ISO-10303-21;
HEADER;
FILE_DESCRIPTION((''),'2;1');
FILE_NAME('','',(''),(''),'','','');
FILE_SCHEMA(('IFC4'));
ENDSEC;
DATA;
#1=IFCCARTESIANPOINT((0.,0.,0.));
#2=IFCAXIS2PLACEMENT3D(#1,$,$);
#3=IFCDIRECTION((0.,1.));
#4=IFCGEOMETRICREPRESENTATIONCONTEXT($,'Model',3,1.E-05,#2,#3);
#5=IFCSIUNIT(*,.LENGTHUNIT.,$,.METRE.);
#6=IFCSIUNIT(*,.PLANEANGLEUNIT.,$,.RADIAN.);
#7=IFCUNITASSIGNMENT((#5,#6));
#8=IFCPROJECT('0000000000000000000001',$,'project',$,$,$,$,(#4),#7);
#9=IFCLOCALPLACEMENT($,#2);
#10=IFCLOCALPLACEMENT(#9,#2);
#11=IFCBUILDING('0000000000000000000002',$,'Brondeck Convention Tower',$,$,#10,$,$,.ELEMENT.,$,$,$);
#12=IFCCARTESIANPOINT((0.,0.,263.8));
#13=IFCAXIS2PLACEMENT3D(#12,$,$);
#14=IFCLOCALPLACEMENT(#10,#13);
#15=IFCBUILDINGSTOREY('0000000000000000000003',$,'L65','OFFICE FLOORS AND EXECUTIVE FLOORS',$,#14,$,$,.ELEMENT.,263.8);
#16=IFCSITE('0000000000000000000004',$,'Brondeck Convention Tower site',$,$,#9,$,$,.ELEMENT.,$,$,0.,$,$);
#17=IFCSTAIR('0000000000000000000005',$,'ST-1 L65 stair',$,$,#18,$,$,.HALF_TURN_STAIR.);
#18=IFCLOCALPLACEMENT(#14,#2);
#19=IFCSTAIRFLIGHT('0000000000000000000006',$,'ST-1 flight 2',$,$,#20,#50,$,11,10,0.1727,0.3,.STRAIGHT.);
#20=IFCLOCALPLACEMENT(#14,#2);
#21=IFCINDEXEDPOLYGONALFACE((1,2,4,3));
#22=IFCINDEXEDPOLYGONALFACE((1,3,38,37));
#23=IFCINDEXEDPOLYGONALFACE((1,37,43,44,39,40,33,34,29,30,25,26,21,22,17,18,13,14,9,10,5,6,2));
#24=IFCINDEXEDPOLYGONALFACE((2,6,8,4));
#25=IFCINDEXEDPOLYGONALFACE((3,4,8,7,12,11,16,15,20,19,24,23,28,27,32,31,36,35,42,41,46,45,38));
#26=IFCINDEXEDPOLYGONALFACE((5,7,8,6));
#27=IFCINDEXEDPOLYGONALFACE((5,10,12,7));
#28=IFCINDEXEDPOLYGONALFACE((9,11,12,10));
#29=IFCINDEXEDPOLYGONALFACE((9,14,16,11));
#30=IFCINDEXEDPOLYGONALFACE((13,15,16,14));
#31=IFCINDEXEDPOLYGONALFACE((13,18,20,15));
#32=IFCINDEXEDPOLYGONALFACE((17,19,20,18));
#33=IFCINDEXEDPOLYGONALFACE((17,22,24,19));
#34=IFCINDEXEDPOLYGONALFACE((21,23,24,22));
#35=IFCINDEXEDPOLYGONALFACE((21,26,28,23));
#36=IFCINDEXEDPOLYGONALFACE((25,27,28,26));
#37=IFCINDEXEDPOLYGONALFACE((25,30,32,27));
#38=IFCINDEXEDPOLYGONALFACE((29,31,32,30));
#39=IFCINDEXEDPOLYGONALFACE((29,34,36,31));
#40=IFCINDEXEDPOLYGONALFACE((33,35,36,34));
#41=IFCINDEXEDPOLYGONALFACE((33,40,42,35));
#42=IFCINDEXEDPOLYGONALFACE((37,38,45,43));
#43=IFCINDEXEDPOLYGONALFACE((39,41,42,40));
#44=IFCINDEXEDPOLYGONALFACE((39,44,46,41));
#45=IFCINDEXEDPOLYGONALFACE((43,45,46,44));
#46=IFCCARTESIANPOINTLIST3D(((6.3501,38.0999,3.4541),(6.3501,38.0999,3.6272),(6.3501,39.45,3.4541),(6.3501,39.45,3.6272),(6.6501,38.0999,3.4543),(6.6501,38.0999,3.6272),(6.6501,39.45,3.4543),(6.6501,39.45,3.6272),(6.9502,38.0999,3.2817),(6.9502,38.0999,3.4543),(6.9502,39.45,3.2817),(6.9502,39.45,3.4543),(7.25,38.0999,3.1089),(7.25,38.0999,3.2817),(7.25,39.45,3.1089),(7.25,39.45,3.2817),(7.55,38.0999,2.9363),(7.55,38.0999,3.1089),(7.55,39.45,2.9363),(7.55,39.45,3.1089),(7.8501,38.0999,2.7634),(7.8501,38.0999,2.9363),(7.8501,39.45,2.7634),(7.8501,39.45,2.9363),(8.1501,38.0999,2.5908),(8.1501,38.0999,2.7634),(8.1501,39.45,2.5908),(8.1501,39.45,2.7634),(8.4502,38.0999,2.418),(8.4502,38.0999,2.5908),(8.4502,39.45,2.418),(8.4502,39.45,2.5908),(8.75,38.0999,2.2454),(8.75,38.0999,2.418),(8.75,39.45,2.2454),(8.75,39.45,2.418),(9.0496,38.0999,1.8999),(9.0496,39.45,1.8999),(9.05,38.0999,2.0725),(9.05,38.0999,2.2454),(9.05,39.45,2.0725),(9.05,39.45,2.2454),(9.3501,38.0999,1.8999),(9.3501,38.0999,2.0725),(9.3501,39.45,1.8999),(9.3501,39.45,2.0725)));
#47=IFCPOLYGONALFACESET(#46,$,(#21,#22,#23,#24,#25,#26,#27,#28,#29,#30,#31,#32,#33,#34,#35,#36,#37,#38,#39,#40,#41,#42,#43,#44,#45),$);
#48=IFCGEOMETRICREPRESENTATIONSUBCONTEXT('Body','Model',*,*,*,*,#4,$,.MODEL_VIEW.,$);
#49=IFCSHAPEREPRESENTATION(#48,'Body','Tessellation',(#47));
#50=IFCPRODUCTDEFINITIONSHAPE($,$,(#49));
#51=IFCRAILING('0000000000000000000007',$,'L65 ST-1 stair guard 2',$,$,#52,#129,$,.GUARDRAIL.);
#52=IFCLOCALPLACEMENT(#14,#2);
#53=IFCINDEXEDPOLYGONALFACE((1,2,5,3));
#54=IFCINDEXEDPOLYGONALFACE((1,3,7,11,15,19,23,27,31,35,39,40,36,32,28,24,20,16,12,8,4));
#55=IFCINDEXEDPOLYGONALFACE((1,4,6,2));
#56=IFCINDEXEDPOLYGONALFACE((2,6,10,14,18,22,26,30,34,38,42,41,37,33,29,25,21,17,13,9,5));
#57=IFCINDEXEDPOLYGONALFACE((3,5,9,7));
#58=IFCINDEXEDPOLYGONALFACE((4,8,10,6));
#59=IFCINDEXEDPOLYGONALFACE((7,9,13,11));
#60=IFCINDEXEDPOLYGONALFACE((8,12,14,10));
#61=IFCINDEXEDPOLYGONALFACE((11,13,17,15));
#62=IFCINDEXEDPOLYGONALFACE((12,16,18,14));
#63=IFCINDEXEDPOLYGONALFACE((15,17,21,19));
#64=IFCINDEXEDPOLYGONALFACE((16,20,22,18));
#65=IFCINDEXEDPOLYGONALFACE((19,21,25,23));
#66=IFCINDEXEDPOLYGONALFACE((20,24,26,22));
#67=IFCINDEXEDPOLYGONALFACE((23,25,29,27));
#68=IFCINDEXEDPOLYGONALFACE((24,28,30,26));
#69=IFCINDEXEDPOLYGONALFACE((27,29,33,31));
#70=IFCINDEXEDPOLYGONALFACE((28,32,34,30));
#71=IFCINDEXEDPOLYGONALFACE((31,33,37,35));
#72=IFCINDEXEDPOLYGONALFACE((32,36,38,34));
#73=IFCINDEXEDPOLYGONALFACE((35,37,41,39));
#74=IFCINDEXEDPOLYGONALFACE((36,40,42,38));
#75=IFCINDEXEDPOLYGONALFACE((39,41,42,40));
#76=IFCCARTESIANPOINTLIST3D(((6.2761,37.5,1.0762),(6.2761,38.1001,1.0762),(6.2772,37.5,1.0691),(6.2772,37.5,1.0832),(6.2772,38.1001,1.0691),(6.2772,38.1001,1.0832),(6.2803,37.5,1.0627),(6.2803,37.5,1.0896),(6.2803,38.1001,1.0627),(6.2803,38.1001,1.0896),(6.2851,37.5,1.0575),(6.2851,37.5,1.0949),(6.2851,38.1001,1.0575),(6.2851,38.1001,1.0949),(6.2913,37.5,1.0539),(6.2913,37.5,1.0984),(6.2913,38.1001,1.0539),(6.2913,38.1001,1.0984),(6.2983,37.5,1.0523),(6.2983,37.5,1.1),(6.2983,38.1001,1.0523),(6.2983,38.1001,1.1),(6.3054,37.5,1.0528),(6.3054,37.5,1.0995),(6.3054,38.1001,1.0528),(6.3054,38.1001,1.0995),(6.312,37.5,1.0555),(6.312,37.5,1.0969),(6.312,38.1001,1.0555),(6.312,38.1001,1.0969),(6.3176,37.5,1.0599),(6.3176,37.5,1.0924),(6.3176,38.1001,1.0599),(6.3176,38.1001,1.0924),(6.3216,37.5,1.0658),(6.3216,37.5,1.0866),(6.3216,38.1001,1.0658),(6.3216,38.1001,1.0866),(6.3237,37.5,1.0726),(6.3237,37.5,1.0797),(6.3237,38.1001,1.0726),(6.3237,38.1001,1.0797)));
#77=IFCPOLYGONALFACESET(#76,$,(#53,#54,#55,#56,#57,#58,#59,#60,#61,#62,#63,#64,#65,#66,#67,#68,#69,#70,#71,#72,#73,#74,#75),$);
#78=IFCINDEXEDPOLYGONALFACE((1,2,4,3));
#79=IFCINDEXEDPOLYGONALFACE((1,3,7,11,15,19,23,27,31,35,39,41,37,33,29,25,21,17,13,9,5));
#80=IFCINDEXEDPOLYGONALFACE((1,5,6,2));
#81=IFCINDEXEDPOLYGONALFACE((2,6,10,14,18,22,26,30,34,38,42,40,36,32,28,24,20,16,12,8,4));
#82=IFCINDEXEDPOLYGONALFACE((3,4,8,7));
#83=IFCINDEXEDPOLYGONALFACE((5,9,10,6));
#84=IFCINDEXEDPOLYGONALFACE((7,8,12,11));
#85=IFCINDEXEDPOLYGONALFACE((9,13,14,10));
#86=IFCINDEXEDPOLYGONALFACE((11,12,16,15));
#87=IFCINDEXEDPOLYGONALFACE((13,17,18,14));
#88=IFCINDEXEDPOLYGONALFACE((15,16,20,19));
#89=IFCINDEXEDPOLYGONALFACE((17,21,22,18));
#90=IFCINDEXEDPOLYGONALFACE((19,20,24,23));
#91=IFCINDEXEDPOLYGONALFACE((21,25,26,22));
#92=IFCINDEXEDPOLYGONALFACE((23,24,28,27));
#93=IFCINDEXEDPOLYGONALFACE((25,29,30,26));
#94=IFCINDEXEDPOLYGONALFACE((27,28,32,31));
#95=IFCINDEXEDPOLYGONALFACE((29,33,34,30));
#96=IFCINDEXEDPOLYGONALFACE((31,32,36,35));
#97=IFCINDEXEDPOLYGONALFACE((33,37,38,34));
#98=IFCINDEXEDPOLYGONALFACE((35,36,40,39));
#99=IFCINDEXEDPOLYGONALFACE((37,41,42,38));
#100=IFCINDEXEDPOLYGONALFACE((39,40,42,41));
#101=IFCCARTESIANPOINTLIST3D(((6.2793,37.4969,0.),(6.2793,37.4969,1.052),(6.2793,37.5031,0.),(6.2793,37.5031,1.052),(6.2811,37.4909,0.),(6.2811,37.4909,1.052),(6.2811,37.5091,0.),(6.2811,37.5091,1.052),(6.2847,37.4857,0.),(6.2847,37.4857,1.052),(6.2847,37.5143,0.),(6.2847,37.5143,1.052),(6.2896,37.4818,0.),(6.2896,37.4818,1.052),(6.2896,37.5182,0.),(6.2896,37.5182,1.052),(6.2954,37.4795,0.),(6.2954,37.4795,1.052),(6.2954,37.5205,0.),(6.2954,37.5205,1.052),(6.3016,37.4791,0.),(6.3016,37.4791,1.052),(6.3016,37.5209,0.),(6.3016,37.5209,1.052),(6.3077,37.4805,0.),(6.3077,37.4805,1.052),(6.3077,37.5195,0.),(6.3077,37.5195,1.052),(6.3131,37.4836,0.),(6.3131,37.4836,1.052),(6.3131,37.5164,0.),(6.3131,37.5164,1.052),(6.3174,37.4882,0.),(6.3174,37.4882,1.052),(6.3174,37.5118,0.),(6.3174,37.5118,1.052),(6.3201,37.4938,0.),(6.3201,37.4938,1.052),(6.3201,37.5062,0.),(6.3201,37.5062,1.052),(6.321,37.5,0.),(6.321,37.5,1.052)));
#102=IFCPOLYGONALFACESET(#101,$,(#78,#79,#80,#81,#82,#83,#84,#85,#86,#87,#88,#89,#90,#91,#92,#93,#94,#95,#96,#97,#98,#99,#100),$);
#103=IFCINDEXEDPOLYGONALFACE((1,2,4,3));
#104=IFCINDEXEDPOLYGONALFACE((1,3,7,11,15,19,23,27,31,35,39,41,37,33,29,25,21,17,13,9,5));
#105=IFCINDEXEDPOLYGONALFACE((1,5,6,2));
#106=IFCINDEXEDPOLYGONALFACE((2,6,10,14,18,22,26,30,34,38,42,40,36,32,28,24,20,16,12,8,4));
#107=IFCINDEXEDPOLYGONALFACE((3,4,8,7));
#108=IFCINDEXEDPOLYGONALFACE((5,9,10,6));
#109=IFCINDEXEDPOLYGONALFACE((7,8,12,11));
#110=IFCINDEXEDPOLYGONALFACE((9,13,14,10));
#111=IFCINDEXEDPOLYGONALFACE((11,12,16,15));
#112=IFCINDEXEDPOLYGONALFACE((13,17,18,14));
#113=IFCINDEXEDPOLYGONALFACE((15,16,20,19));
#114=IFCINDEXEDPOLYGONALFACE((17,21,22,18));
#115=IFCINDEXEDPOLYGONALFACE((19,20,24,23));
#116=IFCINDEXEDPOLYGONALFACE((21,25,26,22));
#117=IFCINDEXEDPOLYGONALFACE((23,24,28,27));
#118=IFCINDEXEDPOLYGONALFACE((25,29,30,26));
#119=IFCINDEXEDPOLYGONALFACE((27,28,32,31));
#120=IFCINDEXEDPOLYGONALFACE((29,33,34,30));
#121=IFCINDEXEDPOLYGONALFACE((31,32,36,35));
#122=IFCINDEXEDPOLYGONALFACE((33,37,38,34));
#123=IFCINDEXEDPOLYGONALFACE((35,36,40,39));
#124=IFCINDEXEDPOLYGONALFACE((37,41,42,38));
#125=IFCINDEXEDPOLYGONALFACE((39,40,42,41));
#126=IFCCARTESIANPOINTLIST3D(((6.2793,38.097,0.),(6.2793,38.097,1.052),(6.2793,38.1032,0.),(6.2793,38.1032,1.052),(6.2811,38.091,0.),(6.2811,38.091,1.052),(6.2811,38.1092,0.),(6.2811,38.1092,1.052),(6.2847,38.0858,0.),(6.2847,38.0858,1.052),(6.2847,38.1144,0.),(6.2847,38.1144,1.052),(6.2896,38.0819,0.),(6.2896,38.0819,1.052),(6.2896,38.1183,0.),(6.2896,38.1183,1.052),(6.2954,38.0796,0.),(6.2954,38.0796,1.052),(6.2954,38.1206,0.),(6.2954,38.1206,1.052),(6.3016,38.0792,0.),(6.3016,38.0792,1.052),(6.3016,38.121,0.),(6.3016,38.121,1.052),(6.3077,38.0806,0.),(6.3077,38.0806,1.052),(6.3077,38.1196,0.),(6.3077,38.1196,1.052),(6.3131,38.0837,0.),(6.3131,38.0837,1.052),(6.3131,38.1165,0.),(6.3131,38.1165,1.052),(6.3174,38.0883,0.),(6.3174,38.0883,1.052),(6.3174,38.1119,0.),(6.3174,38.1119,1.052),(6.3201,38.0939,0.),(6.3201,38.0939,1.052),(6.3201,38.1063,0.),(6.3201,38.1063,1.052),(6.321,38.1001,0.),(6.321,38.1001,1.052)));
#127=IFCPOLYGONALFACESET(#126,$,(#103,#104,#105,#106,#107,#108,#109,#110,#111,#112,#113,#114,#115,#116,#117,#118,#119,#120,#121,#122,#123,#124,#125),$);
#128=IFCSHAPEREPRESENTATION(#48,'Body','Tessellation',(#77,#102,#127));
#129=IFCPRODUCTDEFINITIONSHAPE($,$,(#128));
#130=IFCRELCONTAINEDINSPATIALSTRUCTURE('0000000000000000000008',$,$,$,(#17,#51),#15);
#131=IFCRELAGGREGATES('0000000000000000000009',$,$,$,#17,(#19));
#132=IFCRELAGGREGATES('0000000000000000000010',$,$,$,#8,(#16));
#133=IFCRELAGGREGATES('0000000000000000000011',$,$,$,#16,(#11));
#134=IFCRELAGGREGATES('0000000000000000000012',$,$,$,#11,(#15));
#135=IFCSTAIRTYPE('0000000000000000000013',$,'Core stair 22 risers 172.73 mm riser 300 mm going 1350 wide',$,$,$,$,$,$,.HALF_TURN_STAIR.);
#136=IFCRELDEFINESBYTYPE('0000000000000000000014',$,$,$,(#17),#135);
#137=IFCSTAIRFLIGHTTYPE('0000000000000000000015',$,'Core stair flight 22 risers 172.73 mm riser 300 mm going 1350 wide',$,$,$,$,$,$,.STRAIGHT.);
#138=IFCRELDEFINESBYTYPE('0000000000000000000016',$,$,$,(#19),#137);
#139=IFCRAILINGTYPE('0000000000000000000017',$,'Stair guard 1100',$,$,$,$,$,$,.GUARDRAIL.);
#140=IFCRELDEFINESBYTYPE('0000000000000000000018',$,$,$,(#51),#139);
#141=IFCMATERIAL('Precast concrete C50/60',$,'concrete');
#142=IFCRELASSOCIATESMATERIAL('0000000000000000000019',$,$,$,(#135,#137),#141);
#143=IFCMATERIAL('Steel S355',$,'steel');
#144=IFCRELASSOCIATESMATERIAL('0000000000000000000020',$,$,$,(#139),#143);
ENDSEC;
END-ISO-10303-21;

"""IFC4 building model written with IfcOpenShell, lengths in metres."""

from ifc_helpers import new_model, si_unit, direction, frame, origin, origin_2d, place, context, subcontext, project, spatial, polyline, circle, outline, extrude, material, type_object, element, aggregate, save


model = new_model("IFC4")

# Units and contexts
model_context = context("Model", 3, precision=1e-05, world=origin(), true_north=direction((0.0, 1.0)))
body_context = subcontext(model_context, "Body", "Model", "MODEL_VIEW")
ifc_project = project(units=[si_unit("LENGTHUNIT", "METRE"), si_unit("PLANEANGLEUNIT", "RADIAN")], contexts=[model_context])

# Site, building, storey
site_placement = place(None, origin())
site = spatial("IfcSite", under=ifc_project, at=site_placement, Name="Brondeck Convention Tower site", CompositionType="ELEMENT", RefElevation=0.0)
building_placement = place(site_placement, origin())
building = spatial("IfcBuilding", under=site, at=building_placement, Name="Brondeck Convention Tower", CompositionType="ELEMENT")
storey_placement = place(building_placement, frame((0.0, 0.0, 263.8)))
storey = spatial("IfcBuildingStorey", under=building, at=storey_placement, Name="L65", Description="OFFICE FLOORS AND EXECUTIVE FLOORS", CompositionType="ELEMENT", Elevation=263.8)

# Stair, stair flight
ifc_material_1 = material(Name="Precast concrete C50/60", Category="concrete")
stair_type = type_object("IfcStairType", Name="Core stair 22 risers 172.73 mm riser 300 mm going 1350 wide", PredefinedType="HALF_TURN_STAIR", material=ifc_material_1)
stair_placement = place(storey_placement, origin())
stair = element("IfcStair", 1, at=stair_placement, inside=storey, type_object=stair_type, Name="ST-1 L65 stair", PredefinedType="HALF_TURN_STAIR")
stair_flight_type = type_object("IfcStairFlightType", Name="Core stair flight 22 risers 172.73 mm riser 300 mm going 1350 wide", PredefinedType="STRAIGHT", material=ifc_material_1)
stair_flight_1_placement = place(storey_placement, frame((9.3501, 38.7749, 1.8999), z_axis=(0.0, 0.0, 1.0), x_axis=(-1.0, 0.0, 0.0)))
stair_flight_1 = element("IfcStairFlight", 2, at=stair_flight_1_placement, type_object=stair_flight_type, Name="ST-1 flight 2", NumberOfRisers=11, NumberOfTreads=10, PredefinedType="STRAIGHT", RiserHeight=0.1727, TreadLength=0.3, context=body_context, shape_type="SweptSolid", body=[
    extrude(outline(polyline([(0.0, 0.0), (0.0, 0.1726), (0.3, 0.1726), (0.3, 0.3455), (0.6001, 0.3455), (0.6001, 0.5181), (0.8999, 0.5181), (0.8999, 0.6909), (1.2, 0.6909), (1.2, 0.8635), (1.5, 0.8635), (1.5, 1.0364), (1.8, 1.0364), (1.8, 1.209), (2.1001, 1.209), (2.1001, 1.3818), (2.3999, 1.3818), (2.3999, 1.5544), (2.7, 1.5544), (2.7, 1.7273), (3.0, 1.7273), (3.0, 1.8999), (3.0, 1.5542), (0.3005, 0.0), (0.0, 0.0)])), frame((0.0, 0.675, 0.0), z_axis=(0.0, -1.0, 0.0), x_axis=(1.0, 0.0, 0.0)), (0.0, 0.0, 1.0), 1.3501),
])
aggregate(stair, [stair_flight_1])

# Railing
ifc_material_2 = material(Name="Steel S355", Category="steel")
railing_type_1 = type_object("IfcRailingType", Name="Stair guard 1100", PredefinedType="GUARDRAIL", material=ifc_material_2)
railing_1_placement = place(storey_placement, frame((6.3, 37.5, 0.0)))
element("IfcRailing", 3, at=railing_1_placement, inside=storey, type_object=railing_type_1, Name="L65 ST-1 stair guard 2", PredefinedType="GUARDRAIL", context=body_context, shape_type="SweptSolid", body=[
    extrude(circle(Radius=0.0239, at=origin_2d()), frame((0.0, 0.0, 1.0762), z_axis=(0.0, 1.0, 0.0), x_axis=(-1.0, 0.0, 0.0)), (0.0, 0.0, 1.0), 0.6001),
    extrude(circle(Radius=0.021, at=origin_2d()), origin(), (0.0, 0.0, 1.0), 1.052),
    extrude(circle(Radius=0.021, at=origin_2d()), frame((0.0, 0.6001, 0.0)), (0.0, 0.0, 1.0), 1.052),
])

save(model, "model.ifc")
